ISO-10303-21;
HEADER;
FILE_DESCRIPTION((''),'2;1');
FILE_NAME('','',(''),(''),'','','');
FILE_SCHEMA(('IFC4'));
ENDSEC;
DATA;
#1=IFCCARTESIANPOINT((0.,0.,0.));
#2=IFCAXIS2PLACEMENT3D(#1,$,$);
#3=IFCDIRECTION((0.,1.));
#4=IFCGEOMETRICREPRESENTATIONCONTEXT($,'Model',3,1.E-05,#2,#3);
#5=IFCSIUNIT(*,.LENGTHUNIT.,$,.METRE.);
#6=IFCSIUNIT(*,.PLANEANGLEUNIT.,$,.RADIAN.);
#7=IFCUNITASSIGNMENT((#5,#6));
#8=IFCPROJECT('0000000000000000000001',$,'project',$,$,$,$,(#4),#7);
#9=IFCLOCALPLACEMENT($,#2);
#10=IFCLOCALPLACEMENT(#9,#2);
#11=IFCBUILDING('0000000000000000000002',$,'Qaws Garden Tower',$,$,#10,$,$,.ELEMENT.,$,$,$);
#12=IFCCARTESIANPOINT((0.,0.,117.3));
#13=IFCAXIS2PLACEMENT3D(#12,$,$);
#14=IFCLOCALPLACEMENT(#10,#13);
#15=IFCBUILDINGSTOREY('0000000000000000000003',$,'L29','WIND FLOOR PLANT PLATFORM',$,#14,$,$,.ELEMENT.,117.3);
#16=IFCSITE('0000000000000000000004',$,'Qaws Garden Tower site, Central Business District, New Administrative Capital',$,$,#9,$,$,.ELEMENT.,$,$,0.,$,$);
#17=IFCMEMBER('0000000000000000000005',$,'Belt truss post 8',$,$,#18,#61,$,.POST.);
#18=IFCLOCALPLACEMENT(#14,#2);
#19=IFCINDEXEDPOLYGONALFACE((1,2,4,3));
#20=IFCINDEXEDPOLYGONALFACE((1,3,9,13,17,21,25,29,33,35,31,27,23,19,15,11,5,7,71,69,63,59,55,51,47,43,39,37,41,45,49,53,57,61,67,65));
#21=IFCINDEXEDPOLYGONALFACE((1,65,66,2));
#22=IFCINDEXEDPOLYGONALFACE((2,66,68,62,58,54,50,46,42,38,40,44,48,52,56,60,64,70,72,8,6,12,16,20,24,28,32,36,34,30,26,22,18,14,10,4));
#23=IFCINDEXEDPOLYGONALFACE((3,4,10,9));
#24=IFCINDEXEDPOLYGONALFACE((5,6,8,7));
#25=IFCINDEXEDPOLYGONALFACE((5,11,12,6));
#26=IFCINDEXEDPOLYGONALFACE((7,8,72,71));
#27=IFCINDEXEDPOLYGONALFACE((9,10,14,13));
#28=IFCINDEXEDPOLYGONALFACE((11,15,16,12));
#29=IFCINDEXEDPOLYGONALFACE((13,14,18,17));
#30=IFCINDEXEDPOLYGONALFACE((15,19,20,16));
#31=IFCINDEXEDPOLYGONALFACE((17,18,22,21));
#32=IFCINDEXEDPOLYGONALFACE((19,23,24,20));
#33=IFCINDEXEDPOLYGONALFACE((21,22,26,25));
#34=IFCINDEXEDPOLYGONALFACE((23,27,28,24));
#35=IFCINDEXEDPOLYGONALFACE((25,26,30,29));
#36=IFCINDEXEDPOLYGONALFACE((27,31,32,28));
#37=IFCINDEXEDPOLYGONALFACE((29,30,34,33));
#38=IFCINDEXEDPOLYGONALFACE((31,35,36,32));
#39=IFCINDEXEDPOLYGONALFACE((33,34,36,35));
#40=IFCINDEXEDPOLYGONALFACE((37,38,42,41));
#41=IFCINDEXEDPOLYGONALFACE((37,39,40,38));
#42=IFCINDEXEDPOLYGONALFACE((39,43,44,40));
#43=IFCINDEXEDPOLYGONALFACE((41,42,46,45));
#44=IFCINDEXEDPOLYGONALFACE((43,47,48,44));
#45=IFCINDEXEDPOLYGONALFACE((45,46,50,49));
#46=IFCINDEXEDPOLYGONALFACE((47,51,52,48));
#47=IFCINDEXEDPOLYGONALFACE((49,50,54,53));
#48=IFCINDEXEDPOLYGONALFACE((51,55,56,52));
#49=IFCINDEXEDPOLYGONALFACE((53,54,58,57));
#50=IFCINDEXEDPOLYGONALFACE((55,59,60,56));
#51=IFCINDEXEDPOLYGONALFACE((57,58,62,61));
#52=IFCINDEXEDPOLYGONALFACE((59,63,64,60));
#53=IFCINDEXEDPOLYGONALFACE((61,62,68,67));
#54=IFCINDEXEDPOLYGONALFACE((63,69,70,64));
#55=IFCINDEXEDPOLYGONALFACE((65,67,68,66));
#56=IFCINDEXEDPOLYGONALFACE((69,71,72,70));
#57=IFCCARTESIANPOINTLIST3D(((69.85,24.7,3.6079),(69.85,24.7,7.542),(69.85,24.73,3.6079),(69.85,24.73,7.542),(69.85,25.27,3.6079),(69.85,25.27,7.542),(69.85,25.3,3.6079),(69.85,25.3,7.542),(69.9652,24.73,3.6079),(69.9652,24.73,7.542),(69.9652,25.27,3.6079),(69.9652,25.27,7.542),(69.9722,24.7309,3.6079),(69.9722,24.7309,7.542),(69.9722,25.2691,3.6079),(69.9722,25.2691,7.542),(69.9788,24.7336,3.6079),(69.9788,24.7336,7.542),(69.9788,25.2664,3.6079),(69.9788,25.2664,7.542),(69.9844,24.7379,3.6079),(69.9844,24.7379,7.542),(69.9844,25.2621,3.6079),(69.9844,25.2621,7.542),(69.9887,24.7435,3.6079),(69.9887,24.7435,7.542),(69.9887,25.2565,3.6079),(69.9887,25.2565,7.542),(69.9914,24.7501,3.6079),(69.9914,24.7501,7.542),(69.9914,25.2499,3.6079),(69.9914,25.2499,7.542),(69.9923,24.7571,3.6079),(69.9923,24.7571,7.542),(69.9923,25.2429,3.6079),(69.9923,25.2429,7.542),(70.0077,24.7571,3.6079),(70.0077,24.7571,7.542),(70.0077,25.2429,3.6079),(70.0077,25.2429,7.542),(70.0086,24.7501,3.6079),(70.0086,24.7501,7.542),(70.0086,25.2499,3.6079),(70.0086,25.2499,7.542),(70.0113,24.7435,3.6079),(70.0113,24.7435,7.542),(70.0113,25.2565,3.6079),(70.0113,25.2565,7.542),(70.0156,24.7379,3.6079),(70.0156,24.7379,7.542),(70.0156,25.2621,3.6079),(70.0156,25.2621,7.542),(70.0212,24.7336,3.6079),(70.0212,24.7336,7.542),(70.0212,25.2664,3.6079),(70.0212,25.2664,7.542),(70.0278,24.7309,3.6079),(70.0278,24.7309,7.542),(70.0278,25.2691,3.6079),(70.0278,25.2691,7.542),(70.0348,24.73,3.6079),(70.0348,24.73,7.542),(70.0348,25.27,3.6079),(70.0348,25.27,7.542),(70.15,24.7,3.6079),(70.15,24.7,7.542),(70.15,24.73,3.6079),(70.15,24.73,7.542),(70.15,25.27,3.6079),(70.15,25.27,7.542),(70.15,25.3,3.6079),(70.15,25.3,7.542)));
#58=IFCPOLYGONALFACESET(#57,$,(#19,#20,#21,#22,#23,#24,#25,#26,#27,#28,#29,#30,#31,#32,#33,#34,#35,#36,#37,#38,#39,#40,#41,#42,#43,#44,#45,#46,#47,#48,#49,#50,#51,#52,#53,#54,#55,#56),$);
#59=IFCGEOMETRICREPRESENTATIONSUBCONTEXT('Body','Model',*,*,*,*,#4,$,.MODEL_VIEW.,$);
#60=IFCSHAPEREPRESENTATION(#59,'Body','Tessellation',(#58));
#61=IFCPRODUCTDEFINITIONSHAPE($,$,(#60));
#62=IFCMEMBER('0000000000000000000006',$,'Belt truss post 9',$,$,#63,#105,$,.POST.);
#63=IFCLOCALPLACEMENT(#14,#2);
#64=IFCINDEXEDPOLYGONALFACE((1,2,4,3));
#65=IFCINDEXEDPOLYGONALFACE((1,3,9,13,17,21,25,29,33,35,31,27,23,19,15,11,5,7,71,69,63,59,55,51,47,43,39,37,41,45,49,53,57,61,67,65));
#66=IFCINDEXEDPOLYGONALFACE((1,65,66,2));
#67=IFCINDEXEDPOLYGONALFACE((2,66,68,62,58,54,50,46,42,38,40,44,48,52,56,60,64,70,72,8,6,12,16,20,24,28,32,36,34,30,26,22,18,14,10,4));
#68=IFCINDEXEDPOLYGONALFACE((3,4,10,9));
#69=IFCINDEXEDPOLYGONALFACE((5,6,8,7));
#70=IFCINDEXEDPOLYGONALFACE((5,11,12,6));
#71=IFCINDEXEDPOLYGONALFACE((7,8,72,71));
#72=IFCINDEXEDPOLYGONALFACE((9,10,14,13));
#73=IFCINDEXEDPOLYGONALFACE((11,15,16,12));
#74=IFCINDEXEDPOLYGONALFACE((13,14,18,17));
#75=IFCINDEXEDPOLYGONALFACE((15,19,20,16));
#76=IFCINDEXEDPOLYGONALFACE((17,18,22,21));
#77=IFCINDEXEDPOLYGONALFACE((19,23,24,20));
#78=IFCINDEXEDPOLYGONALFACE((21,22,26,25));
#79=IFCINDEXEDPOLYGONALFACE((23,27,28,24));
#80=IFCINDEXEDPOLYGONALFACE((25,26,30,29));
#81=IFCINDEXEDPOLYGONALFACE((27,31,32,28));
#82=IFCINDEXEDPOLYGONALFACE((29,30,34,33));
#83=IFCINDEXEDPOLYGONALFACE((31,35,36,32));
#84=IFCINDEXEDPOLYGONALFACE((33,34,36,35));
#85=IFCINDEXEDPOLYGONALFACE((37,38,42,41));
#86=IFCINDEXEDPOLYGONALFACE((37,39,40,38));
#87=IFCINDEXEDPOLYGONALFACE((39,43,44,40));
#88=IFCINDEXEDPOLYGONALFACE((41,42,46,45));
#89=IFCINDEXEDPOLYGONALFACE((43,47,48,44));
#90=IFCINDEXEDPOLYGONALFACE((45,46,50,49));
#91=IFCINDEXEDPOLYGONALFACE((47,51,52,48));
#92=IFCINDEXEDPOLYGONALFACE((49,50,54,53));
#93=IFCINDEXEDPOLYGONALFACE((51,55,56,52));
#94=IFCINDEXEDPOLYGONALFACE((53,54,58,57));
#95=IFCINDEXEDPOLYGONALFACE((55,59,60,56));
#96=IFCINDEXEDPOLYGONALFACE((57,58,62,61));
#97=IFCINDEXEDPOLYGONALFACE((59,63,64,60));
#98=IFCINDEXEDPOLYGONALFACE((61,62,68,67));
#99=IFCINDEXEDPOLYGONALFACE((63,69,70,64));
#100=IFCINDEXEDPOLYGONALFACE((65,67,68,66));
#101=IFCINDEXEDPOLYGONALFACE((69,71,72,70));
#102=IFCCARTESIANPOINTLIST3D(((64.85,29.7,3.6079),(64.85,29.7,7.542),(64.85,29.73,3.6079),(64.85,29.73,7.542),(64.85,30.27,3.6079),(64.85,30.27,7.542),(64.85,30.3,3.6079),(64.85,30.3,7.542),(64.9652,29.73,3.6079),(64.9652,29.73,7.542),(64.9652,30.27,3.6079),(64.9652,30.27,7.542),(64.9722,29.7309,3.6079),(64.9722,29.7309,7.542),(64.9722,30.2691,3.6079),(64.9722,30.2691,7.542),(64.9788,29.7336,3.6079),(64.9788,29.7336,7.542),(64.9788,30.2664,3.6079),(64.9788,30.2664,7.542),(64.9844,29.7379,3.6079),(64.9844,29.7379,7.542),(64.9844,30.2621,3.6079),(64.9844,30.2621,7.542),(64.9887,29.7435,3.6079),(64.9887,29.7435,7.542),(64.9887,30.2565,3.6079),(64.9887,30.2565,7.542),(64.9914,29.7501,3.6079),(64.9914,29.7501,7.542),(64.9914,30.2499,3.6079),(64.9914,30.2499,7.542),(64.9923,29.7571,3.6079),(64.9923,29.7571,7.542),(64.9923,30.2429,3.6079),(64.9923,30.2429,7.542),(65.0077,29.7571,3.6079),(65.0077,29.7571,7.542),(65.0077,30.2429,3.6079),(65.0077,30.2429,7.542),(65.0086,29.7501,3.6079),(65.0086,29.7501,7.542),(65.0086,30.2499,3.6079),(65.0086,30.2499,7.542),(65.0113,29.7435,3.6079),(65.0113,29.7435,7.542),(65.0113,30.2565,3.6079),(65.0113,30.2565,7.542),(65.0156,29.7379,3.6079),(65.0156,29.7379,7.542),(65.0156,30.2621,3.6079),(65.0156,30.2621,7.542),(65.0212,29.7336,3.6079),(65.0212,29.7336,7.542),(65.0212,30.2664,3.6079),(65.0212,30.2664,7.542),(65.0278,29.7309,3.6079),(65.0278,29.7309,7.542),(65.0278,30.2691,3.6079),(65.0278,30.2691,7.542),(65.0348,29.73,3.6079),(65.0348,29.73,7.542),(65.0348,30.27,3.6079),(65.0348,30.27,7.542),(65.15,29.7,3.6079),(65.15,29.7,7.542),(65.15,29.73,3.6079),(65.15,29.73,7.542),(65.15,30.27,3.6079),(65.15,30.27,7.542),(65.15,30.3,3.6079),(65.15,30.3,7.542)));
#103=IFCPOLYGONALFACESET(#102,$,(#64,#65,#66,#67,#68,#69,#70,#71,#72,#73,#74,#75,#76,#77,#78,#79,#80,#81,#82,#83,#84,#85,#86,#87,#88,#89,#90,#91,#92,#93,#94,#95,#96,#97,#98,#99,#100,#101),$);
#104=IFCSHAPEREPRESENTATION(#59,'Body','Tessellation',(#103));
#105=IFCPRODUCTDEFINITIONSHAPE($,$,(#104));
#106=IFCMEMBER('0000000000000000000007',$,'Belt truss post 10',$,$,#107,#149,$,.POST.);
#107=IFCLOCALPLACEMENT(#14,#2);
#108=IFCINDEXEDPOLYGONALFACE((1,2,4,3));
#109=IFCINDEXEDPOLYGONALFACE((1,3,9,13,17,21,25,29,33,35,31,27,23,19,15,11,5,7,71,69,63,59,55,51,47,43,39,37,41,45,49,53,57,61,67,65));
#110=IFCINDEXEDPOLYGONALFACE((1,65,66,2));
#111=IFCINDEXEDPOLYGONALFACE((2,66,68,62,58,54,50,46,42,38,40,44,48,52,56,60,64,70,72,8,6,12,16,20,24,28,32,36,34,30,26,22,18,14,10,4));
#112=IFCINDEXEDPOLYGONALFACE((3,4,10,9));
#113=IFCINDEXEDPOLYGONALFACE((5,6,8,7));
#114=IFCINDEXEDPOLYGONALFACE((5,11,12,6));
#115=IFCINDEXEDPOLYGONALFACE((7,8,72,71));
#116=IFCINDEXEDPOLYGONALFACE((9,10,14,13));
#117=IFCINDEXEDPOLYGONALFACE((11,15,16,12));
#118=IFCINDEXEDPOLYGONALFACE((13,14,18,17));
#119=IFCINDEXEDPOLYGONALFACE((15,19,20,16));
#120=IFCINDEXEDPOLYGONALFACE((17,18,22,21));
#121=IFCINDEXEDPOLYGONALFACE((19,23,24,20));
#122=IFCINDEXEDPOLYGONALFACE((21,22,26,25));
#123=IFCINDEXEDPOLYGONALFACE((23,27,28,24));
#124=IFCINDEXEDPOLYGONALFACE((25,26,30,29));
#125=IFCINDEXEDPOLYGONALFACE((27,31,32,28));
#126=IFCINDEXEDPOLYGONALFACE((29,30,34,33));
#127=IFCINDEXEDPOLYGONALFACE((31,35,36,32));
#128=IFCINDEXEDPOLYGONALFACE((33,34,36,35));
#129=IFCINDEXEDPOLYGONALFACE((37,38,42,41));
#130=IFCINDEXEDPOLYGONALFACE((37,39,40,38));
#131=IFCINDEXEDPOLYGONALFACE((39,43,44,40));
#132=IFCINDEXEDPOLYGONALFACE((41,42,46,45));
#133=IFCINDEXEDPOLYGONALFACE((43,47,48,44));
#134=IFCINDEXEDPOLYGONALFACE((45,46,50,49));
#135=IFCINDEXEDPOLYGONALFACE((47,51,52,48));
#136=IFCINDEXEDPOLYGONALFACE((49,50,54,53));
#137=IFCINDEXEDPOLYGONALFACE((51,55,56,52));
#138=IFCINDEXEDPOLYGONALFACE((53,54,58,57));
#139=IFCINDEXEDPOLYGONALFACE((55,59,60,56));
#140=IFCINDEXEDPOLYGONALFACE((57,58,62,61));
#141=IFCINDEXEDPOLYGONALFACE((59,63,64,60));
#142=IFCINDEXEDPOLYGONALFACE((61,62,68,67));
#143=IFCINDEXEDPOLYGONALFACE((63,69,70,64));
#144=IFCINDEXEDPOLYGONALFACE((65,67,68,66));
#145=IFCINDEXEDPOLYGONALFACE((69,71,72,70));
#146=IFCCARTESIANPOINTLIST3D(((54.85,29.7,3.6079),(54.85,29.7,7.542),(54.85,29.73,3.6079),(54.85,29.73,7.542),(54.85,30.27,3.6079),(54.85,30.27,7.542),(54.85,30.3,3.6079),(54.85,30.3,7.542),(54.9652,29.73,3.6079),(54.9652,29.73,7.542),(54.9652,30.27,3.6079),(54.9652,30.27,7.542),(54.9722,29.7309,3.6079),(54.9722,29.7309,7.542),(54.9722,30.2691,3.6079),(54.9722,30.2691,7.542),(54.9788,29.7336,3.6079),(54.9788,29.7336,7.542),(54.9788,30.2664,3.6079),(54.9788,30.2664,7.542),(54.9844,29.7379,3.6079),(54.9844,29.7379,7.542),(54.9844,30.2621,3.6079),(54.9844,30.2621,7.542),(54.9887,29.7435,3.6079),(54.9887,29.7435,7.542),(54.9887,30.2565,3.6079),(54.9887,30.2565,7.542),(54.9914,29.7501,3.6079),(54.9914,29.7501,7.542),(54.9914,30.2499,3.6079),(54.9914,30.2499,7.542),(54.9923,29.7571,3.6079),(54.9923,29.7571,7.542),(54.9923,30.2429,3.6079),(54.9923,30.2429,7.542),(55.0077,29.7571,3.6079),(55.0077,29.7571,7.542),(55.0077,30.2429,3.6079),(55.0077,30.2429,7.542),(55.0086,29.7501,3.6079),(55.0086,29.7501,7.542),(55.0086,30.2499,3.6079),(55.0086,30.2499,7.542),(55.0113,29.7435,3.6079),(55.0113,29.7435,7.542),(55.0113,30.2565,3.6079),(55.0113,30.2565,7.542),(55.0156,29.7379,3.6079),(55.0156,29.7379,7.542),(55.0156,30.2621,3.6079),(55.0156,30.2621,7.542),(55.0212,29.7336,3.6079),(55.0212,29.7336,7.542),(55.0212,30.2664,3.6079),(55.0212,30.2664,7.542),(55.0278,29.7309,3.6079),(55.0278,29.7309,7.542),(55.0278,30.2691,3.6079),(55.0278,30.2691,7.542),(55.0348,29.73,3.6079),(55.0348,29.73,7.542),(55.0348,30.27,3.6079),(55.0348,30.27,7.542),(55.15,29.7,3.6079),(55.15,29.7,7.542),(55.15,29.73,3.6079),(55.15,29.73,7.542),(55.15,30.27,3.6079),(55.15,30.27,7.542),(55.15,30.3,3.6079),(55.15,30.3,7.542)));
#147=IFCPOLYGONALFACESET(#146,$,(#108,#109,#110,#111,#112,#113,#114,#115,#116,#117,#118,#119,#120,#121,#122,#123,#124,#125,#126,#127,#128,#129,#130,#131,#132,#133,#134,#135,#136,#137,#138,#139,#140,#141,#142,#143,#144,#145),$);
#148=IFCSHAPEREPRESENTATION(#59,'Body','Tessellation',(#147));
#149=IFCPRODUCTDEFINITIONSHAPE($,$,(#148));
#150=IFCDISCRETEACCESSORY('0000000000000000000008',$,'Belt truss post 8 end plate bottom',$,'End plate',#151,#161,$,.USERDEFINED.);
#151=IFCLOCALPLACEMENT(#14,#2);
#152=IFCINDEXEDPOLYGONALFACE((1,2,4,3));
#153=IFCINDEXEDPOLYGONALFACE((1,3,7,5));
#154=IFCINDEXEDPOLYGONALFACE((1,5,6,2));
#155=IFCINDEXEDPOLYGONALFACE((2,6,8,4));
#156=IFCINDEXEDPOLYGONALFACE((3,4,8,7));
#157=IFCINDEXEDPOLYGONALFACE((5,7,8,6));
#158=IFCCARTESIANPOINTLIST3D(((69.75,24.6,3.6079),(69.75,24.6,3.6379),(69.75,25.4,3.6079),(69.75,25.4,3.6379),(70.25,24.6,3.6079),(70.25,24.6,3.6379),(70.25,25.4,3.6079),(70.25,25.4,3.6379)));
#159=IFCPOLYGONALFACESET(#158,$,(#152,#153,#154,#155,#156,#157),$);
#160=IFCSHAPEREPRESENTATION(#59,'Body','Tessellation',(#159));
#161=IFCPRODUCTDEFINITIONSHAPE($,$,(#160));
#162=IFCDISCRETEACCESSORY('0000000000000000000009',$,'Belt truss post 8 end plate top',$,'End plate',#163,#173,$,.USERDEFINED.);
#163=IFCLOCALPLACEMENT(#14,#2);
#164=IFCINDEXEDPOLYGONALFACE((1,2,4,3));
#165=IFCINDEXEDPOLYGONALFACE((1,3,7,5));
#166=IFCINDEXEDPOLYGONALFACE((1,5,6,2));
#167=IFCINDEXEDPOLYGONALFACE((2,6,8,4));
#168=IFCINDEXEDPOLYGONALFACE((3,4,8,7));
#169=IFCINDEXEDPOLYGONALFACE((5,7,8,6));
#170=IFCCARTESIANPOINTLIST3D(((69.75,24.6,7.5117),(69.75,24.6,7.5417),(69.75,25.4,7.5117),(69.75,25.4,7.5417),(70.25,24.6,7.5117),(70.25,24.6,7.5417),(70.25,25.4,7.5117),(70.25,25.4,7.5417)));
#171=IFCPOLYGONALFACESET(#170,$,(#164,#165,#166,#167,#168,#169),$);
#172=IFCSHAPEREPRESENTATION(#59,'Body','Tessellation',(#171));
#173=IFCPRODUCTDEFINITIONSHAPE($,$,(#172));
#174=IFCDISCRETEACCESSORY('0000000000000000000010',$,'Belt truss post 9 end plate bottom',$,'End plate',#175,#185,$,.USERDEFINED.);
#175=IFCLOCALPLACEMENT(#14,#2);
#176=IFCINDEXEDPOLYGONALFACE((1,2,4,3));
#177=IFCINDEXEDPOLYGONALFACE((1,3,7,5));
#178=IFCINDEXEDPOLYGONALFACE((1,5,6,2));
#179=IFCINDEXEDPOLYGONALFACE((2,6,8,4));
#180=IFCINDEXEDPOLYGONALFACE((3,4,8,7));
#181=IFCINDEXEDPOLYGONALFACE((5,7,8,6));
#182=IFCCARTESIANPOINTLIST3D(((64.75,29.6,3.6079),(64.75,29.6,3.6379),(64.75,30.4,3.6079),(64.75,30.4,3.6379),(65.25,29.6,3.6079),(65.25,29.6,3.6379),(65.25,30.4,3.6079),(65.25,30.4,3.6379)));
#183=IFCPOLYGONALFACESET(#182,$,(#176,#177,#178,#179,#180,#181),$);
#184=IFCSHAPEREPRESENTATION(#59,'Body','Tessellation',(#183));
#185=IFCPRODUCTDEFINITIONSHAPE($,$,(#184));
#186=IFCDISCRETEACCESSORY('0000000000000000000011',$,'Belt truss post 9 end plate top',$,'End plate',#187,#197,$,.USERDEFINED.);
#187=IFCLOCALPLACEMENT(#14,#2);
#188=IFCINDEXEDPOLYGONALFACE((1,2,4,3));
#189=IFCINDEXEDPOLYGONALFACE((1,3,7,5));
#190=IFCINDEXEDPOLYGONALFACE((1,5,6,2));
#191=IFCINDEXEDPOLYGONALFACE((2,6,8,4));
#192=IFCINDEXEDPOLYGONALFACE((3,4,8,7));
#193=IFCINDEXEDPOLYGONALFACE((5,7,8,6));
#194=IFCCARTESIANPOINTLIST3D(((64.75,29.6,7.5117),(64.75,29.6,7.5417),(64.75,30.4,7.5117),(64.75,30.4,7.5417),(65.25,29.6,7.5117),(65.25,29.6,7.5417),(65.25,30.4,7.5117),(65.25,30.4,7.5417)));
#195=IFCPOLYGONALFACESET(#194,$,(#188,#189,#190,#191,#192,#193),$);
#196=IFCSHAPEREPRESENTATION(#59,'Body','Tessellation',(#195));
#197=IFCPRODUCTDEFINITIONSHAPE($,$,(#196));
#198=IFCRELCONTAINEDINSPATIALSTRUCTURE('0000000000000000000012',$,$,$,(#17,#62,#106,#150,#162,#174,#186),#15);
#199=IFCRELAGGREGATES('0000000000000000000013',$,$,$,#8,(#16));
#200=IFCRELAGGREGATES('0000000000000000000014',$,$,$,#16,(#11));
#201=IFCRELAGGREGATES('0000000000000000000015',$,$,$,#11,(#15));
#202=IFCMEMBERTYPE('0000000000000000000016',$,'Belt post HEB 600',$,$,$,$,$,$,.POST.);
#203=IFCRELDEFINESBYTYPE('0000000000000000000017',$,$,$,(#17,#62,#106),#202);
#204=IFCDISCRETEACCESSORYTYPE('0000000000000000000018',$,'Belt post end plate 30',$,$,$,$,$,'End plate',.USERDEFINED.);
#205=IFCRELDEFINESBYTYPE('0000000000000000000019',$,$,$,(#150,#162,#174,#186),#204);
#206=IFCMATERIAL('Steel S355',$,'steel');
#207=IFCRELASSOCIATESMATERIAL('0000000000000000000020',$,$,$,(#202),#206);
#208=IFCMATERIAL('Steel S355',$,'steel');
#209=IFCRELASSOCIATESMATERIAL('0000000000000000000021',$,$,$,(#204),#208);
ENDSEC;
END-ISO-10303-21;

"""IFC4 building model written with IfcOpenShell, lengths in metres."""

from ifc_helpers import new_model, si_unit, direction, frame, origin, origin_2d, place, context, subcontext, project, spatial, rectangle, i_section, extrude, material, material_profile, profile_set, type_object, element, save


model = new_model("IFC4")

# Units and contexts
model_context = context("Model", 3, precision=1e-05, world=origin(), true_north=direction((0.0, 1.0)))
body_context = subcontext(model_context, "Body", "Model", "MODEL_VIEW")
ifc_project = project(units=[si_unit("LENGTHUNIT", "METRE"), si_unit("PLANEANGLEUNIT", "RADIAN")], contexts=[model_context])

# Site, building, storey
site_placement = place(None, origin())
site = spatial("IfcSite", under=ifc_project, at=site_placement, Name="Qaws Garden Tower site, Central Business District, New Administrative Capital", CompositionType="ELEMENT", RefElevation=0.0)
building_placement = place(site_placement, origin())
building = spatial("IfcBuilding", under=site, at=building_placement, Name="Qaws Garden Tower", CompositionType="ELEMENT")
storey_placement = place(building_placement, frame((0.0, 0.0, 117.3)))
storey = spatial("IfcBuildingStorey", under=building, at=storey_placement, Name="L29", Description="WIND FLOOR PLANT PLATFORM", CompositionType="ELEMENT", Elevation=117.3)

# Members
ifc_material_1 = material(Name="Steel S355", Category="steel")
ifc_material_profile_1 = material_profile(ifc_material_1, i_section(OverallWidth=0.3, OverallDepth=0.6001, WebThickness=0.0154, FlangeThickness=0.03, FilletRadius=0.0271, at=origin_2d()), Name="HEB 600")
ifc_profile_set_1 = profile_set([ifc_material_profile_1], Name="Steel S355")
member_type_1 = type_object("IfcMemberType", Name="Belt post HEB 600", PredefinedType="POST", material=ifc_profile_set_1)
placement_1 = place(storey_placement, frame((70.0, 25.0, 3.6079), z_axis=(0.0, 0.0, 1.0), x_axis=(1.0, 0.0, 0.0)))
element("IfcMember", 1, at=placement_1, inside=storey, type_object=member_type_1, Name="Belt truss post 8", PredefinedType="POST", context=body_context, shape_type="SweptSolid", body=[
    extrude(i_section(OverallWidth=0.3, OverallDepth=0.6001, WebThickness=0.0154, FlangeThickness=0.03, FilletRadius=0.0271, at=origin_2d()), origin(), (0.0, 0.0, 1.0), 3.9341),
])
placement_2 = place(storey_placement, frame((65.0, 30.0, 3.6079), z_axis=(0.0, 0.0, 1.0), x_axis=(1.0, 0.0, 0.0)))
element("IfcMember", 2, at=placement_2, inside=storey, type_object=member_type_1, Name="Belt truss post 9", PredefinedType="POST", context=body_context, shape_type="SweptSolid", body=[
    extrude(i_section(OverallWidth=0.3, OverallDepth=0.6001, WebThickness=0.0154, FlangeThickness=0.03, FilletRadius=0.0271, at=origin_2d()), origin(), (0.0, 0.0, 1.0), 3.9341),
])
placement_3 = place(storey_placement, frame((55.0, 30.0, 3.6079), z_axis=(0.0, 0.0, 1.0), x_axis=(1.0, 0.0, 0.0)))
element("IfcMember", 3, at=placement_3, inside=storey, type_object=member_type_1, Name="Belt truss post 10", PredefinedType="POST", context=body_context, shape_type="SweptSolid", body=[
    extrude(i_section(OverallWidth=0.3, OverallDepth=0.6001, WebThickness=0.0154, FlangeThickness=0.03, FilletRadius=0.0271, at=origin_2d()), origin(), (0.0, 0.0, 1.0), 3.9341),
])

# Discrete accessories
ifc_material_2 = material(Name="Steel S355", Category="steel")
discrete_accessory_type = type_object("IfcDiscreteAccessoryType", Name="Belt post end plate 30", ElementType="End plate", PredefinedType="USERDEFINED", material=ifc_material_2)
element("IfcDiscreteAccessory", 4, at=placement_1, inside=storey, type_object=discrete_accessory_type, Name="Belt truss post 8 end plate bottom", ObjectType="End plate", PredefinedType="USERDEFINED", context=body_context, shape_type="SweptSolid", body=[
    extrude(rectangle(XDim=0.5, YDim=0.8, at=origin_2d()), origin(), (0.0, 0.0, 1.0), 0.03),
])
discrete_accessory_1_placement = place(storey_placement, frame((70.0, 25.0, 7.5117), z_axis=(0.0, 0.0, 1.0), x_axis=(1.0, 0.0, 0.0)))
element("IfcDiscreteAccessory", 5, at=discrete_accessory_1_placement, inside=storey, type_object=discrete_accessory_type, Name="Belt truss post 8 end plate top", ObjectType="End plate", PredefinedType="USERDEFINED", context=body_context, shape_type="SweptSolid", body=[
    extrude(rectangle(XDim=0.5, YDim=0.8, at=origin_2d()), origin(), (0.0, 0.0, 1.0), 0.03),
])
element("IfcDiscreteAccessory", 6, at=placement_2, inside=storey, type_object=discrete_accessory_type, Name="Belt truss post 9 end plate bottom", ObjectType="End plate", PredefinedType="USERDEFINED", context=body_context, shape_type="SweptSolid", body=[
    extrude(rectangle(XDim=0.5, YDim=0.8, at=origin_2d()), origin(), (0.0, 0.0, 1.0), 0.03),
])
discrete_accessory_2_placement = place(storey_placement, frame((65.0, 30.0, 7.5117), z_axis=(0.0, 0.0, 1.0), x_axis=(1.0, 0.0, 0.0)))
element("IfcDiscreteAccessory", 7, at=discrete_accessory_2_placement, inside=storey, type_object=discrete_accessory_type, Name="Belt truss post 9 end plate top", ObjectType="End plate", PredefinedType="USERDEFINED", context=body_context, shape_type="SweptSolid", body=[
    extrude(rectangle(XDim=0.5, YDim=0.8, at=origin_2d()), origin(), (0.0, 0.0, 1.0), 0.03),
])

save(model, "model.ifc")
